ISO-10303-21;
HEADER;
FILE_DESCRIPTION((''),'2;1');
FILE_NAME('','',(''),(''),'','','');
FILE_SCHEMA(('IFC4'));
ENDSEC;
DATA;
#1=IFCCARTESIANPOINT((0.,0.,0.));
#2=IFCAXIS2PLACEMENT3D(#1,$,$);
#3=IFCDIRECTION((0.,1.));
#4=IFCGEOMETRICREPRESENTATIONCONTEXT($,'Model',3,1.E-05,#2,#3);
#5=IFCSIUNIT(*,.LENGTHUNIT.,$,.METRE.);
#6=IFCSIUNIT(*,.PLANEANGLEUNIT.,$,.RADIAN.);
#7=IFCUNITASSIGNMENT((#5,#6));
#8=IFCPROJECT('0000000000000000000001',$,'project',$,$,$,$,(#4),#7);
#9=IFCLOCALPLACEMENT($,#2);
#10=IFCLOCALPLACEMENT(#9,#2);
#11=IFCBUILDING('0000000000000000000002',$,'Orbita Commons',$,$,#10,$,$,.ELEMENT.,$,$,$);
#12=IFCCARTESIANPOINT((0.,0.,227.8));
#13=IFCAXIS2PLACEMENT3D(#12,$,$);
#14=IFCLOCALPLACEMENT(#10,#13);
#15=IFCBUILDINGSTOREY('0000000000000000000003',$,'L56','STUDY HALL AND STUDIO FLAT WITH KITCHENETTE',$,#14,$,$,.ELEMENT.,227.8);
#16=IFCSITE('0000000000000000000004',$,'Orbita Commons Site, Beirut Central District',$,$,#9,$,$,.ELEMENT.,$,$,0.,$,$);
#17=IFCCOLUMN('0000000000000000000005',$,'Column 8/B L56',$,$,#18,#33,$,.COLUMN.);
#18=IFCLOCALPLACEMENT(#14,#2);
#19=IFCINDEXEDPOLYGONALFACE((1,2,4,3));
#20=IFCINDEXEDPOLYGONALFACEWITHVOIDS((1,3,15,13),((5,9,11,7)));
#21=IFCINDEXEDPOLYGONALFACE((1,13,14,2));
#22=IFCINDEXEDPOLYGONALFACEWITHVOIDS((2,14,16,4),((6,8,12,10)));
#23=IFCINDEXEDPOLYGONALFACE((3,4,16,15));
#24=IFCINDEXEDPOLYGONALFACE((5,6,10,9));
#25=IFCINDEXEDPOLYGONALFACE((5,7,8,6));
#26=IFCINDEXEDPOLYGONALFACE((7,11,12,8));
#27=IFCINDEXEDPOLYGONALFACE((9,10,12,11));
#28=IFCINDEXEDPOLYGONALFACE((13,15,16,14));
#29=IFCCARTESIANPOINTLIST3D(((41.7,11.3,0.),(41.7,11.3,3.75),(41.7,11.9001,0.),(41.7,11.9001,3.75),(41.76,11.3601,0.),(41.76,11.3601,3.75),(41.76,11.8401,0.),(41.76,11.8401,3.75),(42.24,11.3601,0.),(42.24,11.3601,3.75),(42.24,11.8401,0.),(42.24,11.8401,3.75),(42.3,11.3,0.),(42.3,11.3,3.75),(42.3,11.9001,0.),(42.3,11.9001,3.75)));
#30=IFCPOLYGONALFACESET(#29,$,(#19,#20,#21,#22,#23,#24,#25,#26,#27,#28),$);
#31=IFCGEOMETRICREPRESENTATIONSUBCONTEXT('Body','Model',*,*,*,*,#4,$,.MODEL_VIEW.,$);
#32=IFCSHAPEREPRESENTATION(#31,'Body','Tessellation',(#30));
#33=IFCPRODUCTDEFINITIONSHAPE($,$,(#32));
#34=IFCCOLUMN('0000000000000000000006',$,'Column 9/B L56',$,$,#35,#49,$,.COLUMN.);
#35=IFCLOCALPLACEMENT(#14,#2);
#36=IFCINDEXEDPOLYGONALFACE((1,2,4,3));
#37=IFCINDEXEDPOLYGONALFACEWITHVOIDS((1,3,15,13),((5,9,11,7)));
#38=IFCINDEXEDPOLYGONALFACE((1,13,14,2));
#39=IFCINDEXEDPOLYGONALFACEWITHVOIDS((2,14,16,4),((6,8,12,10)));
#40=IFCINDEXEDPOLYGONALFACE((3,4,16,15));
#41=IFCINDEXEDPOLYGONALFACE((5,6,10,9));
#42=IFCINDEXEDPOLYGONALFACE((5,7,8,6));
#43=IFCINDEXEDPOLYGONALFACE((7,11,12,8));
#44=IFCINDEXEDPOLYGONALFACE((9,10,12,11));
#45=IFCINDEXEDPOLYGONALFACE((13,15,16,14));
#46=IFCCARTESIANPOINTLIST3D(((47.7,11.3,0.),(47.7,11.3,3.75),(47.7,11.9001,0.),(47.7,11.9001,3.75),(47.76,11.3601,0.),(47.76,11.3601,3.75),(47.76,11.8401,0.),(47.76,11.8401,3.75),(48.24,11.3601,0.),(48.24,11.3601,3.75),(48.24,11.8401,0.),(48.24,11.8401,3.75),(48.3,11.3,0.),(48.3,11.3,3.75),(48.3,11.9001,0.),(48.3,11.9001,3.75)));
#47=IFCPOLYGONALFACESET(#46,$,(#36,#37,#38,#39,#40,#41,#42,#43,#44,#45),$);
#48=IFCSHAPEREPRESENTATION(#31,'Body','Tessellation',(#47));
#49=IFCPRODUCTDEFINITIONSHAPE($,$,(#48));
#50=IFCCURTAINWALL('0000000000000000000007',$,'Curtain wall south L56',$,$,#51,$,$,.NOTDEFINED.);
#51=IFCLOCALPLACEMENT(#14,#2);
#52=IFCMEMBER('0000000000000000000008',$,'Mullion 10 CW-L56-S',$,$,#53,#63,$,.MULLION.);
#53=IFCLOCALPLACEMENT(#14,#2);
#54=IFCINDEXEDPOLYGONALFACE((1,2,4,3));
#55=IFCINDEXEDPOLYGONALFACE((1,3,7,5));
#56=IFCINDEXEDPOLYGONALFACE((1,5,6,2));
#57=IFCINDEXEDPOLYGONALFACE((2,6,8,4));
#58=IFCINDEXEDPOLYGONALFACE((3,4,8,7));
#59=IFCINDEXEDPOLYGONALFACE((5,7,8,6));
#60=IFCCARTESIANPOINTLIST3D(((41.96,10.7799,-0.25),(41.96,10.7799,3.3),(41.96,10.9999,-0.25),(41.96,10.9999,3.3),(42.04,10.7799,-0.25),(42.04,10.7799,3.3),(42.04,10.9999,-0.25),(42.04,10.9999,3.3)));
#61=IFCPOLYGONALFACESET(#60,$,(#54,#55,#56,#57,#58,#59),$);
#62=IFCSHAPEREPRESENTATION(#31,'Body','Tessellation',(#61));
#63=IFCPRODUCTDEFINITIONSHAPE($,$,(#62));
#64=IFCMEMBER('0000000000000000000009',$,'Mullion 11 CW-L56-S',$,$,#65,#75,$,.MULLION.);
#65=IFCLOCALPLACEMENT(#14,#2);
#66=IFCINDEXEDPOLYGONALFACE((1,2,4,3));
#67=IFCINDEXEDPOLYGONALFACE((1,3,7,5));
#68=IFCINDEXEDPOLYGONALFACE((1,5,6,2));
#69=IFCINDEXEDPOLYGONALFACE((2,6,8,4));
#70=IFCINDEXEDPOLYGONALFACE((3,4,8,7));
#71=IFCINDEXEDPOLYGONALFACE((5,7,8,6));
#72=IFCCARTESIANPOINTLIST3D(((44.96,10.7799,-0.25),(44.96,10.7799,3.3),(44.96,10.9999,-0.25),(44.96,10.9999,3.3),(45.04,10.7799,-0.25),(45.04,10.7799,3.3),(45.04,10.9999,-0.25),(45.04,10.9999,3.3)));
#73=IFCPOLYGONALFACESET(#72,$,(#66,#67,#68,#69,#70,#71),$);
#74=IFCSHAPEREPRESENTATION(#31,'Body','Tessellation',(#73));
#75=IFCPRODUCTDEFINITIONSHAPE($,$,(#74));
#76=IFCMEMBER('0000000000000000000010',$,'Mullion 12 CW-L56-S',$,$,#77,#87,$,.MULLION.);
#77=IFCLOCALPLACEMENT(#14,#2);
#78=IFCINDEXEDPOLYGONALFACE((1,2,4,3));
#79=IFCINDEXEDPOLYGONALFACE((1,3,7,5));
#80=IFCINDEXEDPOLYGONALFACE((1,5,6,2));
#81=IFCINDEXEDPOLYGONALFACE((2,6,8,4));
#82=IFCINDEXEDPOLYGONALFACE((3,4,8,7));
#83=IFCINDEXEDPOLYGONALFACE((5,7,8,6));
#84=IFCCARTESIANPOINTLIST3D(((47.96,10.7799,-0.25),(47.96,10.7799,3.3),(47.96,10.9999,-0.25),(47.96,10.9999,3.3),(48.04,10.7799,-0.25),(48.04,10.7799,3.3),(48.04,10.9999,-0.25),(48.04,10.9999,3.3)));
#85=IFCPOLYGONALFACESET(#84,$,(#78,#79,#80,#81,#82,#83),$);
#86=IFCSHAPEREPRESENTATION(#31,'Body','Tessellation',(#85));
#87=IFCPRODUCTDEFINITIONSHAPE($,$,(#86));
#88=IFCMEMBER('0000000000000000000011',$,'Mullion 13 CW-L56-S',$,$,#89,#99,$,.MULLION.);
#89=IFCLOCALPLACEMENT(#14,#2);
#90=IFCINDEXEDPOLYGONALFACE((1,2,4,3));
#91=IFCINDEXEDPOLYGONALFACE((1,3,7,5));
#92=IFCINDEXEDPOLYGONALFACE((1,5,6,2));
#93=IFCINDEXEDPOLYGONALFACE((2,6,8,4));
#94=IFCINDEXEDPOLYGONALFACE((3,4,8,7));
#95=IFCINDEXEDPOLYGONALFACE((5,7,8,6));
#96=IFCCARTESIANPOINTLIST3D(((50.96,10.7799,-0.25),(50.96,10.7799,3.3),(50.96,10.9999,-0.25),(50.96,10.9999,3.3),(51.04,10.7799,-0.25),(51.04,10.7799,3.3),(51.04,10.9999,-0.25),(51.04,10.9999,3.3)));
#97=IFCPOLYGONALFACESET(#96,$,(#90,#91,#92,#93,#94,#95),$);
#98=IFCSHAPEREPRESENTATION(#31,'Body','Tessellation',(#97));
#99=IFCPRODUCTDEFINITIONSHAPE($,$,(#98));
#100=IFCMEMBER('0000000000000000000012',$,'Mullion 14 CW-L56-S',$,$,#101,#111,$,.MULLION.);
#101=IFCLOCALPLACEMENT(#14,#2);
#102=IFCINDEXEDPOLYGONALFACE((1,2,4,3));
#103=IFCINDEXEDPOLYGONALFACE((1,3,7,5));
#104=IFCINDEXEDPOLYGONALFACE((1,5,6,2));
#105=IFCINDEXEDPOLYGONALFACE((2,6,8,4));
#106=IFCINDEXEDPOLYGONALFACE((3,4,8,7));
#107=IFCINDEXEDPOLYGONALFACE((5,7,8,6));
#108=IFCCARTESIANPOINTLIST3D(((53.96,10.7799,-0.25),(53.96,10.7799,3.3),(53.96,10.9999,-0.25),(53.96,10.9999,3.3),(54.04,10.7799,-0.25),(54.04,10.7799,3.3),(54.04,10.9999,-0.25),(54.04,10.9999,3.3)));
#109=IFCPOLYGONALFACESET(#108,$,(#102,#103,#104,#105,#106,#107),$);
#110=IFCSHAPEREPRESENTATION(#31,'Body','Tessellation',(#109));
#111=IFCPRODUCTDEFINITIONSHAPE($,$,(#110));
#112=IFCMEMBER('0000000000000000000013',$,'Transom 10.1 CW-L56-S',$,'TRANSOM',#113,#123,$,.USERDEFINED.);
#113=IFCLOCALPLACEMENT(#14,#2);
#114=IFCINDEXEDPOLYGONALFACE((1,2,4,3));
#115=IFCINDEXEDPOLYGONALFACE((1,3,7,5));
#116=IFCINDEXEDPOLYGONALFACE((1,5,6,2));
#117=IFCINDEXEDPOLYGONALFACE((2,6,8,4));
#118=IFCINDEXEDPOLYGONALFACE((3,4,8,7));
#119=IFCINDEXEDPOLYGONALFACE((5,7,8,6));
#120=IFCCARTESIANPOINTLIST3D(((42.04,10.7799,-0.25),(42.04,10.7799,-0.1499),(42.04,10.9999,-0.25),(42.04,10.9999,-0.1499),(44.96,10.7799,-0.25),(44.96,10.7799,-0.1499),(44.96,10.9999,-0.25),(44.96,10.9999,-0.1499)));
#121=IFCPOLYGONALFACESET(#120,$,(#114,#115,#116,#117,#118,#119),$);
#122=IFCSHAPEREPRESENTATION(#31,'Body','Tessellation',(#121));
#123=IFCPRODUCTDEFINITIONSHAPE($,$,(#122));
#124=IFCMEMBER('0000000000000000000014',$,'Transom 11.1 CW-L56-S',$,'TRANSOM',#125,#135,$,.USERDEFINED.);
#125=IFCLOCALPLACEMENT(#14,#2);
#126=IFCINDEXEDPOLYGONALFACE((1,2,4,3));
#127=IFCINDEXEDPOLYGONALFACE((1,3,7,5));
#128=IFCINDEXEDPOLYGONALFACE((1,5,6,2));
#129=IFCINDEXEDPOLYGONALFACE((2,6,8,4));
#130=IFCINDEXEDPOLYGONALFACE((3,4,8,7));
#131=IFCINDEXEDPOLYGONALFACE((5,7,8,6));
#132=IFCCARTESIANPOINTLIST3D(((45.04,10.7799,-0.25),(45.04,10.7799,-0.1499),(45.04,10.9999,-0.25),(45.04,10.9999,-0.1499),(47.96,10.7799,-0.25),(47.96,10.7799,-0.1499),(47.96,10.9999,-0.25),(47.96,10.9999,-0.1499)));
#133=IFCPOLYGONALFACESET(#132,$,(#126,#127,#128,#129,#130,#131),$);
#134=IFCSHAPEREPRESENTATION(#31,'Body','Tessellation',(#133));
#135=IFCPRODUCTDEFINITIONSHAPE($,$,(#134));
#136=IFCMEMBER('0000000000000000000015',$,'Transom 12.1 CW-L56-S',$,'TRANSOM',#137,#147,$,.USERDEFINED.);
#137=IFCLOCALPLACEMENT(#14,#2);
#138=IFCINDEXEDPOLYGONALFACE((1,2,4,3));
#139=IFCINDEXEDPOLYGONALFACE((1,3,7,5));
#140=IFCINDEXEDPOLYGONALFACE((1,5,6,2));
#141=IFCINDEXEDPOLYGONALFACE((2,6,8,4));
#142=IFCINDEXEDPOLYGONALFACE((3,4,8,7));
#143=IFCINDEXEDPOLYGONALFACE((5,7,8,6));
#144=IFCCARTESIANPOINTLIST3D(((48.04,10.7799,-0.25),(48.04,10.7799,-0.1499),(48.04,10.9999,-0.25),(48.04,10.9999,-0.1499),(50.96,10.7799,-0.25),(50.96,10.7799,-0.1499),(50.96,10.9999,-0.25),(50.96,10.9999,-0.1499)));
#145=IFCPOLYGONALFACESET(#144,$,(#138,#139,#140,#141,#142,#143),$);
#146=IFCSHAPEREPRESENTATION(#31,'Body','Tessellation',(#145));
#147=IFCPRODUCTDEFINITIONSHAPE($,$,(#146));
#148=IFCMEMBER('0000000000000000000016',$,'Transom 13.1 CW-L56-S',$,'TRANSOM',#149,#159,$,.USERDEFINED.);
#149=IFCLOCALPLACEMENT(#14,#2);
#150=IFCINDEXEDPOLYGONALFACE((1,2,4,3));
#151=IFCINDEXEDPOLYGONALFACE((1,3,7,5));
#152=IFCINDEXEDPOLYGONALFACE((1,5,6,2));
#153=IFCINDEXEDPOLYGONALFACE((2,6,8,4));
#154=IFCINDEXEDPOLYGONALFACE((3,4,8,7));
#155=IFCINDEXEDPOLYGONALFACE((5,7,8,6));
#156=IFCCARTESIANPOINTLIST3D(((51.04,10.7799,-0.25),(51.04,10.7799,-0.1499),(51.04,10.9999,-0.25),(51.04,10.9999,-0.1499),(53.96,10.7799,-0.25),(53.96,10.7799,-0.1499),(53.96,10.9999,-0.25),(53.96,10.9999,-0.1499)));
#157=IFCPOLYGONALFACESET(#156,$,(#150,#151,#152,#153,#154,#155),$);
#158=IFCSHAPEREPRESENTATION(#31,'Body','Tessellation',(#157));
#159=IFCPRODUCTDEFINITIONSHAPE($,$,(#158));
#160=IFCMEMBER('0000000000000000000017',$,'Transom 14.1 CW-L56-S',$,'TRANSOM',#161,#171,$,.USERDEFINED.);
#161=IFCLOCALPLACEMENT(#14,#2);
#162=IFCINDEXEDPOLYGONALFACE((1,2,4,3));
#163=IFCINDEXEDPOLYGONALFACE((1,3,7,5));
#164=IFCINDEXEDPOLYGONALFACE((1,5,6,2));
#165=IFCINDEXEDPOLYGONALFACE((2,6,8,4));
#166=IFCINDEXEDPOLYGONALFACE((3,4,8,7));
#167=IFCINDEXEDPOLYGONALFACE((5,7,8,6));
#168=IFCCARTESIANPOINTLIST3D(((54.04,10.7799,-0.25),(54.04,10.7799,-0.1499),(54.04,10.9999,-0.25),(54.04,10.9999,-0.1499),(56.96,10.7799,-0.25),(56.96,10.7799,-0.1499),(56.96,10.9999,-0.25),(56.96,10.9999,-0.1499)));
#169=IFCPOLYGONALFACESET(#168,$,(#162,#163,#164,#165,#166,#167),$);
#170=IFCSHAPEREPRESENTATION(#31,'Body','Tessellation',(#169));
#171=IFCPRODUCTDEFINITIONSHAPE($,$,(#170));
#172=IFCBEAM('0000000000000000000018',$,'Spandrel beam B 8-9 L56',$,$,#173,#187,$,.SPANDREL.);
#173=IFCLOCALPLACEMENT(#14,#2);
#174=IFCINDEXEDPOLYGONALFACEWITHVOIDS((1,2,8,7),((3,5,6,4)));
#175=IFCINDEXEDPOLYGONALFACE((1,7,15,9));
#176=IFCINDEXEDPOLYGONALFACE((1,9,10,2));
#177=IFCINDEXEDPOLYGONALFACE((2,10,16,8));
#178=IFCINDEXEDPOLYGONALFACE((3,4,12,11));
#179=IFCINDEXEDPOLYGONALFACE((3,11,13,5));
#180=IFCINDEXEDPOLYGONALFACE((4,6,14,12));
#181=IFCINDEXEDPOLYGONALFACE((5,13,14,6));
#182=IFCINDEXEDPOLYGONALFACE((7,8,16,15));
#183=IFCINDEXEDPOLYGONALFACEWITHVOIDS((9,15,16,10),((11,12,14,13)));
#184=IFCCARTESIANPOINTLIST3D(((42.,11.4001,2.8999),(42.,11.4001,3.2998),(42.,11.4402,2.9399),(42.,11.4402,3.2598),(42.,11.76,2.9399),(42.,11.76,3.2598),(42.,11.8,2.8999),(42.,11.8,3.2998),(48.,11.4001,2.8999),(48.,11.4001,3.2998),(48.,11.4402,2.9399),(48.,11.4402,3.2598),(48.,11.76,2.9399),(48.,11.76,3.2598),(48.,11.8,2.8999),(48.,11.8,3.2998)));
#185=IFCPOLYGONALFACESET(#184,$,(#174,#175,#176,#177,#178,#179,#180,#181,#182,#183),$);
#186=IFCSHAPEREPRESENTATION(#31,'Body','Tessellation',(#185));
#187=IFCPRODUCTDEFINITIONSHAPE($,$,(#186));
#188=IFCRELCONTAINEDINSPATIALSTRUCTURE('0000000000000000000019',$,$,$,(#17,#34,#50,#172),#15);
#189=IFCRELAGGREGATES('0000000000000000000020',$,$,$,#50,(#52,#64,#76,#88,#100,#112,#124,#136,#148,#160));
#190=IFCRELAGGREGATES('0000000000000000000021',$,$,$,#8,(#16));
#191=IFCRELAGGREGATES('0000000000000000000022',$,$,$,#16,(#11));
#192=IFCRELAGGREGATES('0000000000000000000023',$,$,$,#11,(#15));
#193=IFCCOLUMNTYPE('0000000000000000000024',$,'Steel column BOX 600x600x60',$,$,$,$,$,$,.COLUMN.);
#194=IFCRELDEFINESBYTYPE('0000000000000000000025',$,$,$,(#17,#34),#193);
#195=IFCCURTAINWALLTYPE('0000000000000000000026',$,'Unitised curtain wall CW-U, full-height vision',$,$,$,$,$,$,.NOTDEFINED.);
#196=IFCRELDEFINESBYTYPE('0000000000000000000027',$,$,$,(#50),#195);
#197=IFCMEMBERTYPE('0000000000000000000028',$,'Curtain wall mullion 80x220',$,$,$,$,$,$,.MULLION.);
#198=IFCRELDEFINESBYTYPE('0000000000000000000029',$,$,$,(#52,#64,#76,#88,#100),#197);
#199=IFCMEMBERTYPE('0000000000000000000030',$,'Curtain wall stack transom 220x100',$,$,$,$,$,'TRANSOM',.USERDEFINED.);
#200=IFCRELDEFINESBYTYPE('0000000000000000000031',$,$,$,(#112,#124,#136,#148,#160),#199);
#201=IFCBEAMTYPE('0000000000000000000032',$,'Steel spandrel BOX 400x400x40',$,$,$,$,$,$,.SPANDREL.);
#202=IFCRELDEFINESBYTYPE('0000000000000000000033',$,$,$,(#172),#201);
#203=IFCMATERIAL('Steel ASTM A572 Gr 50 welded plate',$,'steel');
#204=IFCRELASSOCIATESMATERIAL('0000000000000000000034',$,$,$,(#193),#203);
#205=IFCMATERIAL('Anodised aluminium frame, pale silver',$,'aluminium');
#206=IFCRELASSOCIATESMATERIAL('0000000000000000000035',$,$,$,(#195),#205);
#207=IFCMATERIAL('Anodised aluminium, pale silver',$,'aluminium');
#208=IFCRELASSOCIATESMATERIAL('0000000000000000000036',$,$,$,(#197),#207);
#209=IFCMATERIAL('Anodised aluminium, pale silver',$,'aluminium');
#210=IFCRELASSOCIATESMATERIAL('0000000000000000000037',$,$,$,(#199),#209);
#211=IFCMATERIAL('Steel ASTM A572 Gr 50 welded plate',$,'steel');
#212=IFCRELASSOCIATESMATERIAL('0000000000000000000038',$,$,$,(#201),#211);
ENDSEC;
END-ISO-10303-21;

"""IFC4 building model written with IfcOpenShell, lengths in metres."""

from ifc_helpers import new_model, si_unit, direction, frame, origin, origin_2d, place, context, subcontext, project, spatial, rectangle, hollow_rectangle, extrude, material, material_profile, profile_set, type_object, element, aggregate, save


model = new_model("IFC4")

# Units and contexts
model_context = context("Model", 3, precision=1e-05, world=origin(), true_north=direction((0.0, 1.0)))
body_context = subcontext(model_context, "Body", "Model", "MODEL_VIEW")
ifc_project = project(units=[si_unit("LENGTHUNIT", "METRE"), si_unit("PLANEANGLEUNIT", "RADIAN")], contexts=[model_context])

# Site, building, storey
site_placement = place(None, origin())
site = spatial("IfcSite", under=ifc_project, at=site_placement, Name="Orbita Commons Site, Beirut Central District", CompositionType="ELEMENT", RefElevation=0.0)
building_placement = place(site_placement, origin())
building = spatial("IfcBuilding", under=site, at=building_placement, Name="Orbita Commons", CompositionType="ELEMENT")
storey_placement = place(building_placement, frame((0.0, 0.0, 227.8)))
storey = spatial("IfcBuildingStorey", under=building, at=storey_placement, Name="L56", Description="STUDY HALL AND STUDIO FLAT WITH KITCHENETTE", CompositionType="ELEMENT", Elevation=227.8)

# Columns
ifc_material_1 = material(Name="Steel ASTM A572 Gr 50 welded plate", Category="steel")
ifc_material_profile_1 = material_profile(ifc_material_1, hollow_rectangle(XDim=0.6001, YDim=0.6001, WallThickness=0.0601, at=origin_2d()), Name="BOX 600x600x60")
ifc_profile_set_1 = profile_set([ifc_material_profile_1], Name="Steel ASTM A572 Gr 50 welded plate")
column_type = type_object("IfcColumnType", Name="Steel column BOX 600x600x60", PredefinedType="COLUMN", material=ifc_profile_set_1)
for number, where, z_axis, x_axis, name in (
    (1, (42.0, 11.6001, 0.0), (0.0, 0.0, 1.0), (1.0, 0.0, 0.0), "Column 8/B L56"),
    (2, (48.0, 11.6001, 0.0), (0.0, 0.0, 1.0), (1.0, 0.0, 0.0), "Column 9/B L56"),
):
    element("IfcColumn", number, at=place(storey_placement, frame(where, z_axis=z_axis, x_axis=x_axis)), inside=storey, type_object=column_type, Name=name, PredefinedType="COLUMN", context=body_context, shape_type="SweptSolid", body=[
        extrude(hollow_rectangle(XDim=0.6001, YDim=0.6001, WallThickness=0.0601, at=origin_2d()), origin(), (0.0, 0.0, 1.0), 3.75),
    ])

# Curtain wall, members
ifc_material_2 = material(Name="Anodised aluminium frame, pale silver", Category="aluminium")
curtain_wall_type = type_object("IfcCurtainWallType", Name="Unitised curtain wall CW-U, full-height vision", PredefinedType="NOTDEFINED", material=ifc_material_2)
curtain_wall_placement = place(storey_placement, origin())
curtain_wall = element("IfcCurtainWall", 3, at=curtain_wall_placement, inside=storey, type_object=curtain_wall_type, Name="Curtain wall south L56", PredefinedType="NOTDEFINED")
ifc_material_3 = material(Name="Anodised aluminium, pale silver", Category="aluminium")
ifc_material_profile_2 = material_profile(ifc_material_3, rectangle(XDim=0.0801, YDim=0.22, at=origin_2d()), Name="AL 80x220")
ifc_profile_set_2 = profile_set([ifc_material_profile_2], Name="Anodised aluminium, pale silver")
member_type_1 = type_object("IfcMemberType", Name="Curtain wall mullion 80x220", PredefinedType="MULLION", material=ifc_profile_set_2)
member_1_placement = place(storey_placement, frame((42.0, 10.8899, -0.25), z_axis=(0.0, 0.0, 1.0), x_axis=(1.0, 0.0, 0.0)))
member_1 = element("IfcMember", 4, at=member_1_placement, type_object=member_type_1, Name="Mullion 10 CW-L56-S", PredefinedType="MULLION", context=body_context, shape_type="SweptSolid", body=[
    extrude(rectangle(XDim=0.0801, YDim=0.22, at=origin_2d()), origin(), (0.0, 0.0, 1.0), 3.55),
])
member_2_placement = place(storey_placement, frame((45.0, 10.8899, -0.25), z_axis=(0.0, 0.0, 1.0), x_axis=(1.0, 0.0, 0.0)))
member_2 = element("IfcMember", 5, at=member_2_placement, type_object=member_type_1, Name="Mullion 11 CW-L56-S", PredefinedType="MULLION", context=body_context, shape_type="SweptSolid", body=[
    extrude(rectangle(XDim=0.0801, YDim=0.22, at=origin_2d()), origin(), (0.0, 0.0, 1.0), 3.55),
])
member_3_placement = place(storey_placement, frame((48.0, 10.8899, -0.25), z_axis=(0.0, 0.0, 1.0), x_axis=(1.0, 0.0, 0.0)))
member_3 = element("IfcMember", 6, at=member_3_placement, type_object=member_type_1, Name="Mullion 12 CW-L56-S", PredefinedType="MULLION", context=body_context, shape_type="SweptSolid", body=[
    extrude(rectangle(XDim=0.0801, YDim=0.22, at=origin_2d()), origin(), (0.0, 0.0, 1.0), 3.55),
])
member_4_placement = place(storey_placement, frame((51.0, 10.8899, -0.25), z_axis=(0.0, 0.0, 1.0), x_axis=(1.0, 0.0, 0.0)))
member_4 = element("IfcMember", 7, at=member_4_placement, type_object=member_type_1, Name="Mullion 13 CW-L56-S", PredefinedType="MULLION", context=body_context, shape_type="SweptSolid", body=[
    extrude(rectangle(XDim=0.0801, YDim=0.22, at=origin_2d()), origin(), (0.0, 0.0, 1.0), 3.55),
])
member_5_placement = place(storey_placement, frame((54.0, 10.8899, -0.25), z_axis=(0.0, 0.0, 1.0), x_axis=(1.0, 0.0, 0.0)))
member_5 = element("IfcMember", 8, at=member_5_placement, type_object=member_type_1, Name="Mullion 14 CW-L56-S", PredefinedType="MULLION", context=body_context, shape_type="SweptSolid", body=[
    extrude(rectangle(XDim=0.0801, YDim=0.22, at=origin_2d()), origin(), (0.0, 0.0, 1.0), 3.55),
])
ifc_material_4 = material(Name="Anodised aluminium, pale silver", Category="aluminium")
ifc_material_profile_3 = material_profile(ifc_material_4, rectangle(XDim=0.22, YDim=0.1001, at=origin_2d()), Name="AL 220x100")
ifc_profile_set_3 = profile_set([ifc_material_profile_3], Name="Anodised aluminium, pale silver")
member_type_2 = type_object("IfcMemberType", Name="Curtain wall stack transom 220x100", ElementType="TRANSOM", PredefinedType="USERDEFINED", material=ifc_profile_set_3)
member_6_placement = place(storey_placement, frame((42.04, 10.8899, -0.2), z_axis=(1.0, 0.0, 0.0), x_axis=(0.0, 1.0, 0.0)))
member_6 = element("IfcMember", 9, at=member_6_placement, type_object=member_type_2, Name="Transom 10.1 CW-L56-S", ObjectType="TRANSOM", PredefinedType="USERDEFINED", context=body_context, shape_type="SweptSolid", body=[
    extrude(rectangle(XDim=0.22, YDim=0.1001, at=origin_2d()), origin(), (0.0, 0.0, 1.0), 2.9199),
])
member_7_placement = place(storey_placement, frame((45.04, 10.8899, -0.2), z_axis=(1.0, 0.0, 0.0), x_axis=(0.0, 1.0, 0.0)))
member_7 = element("IfcMember", 10, at=member_7_placement, type_object=member_type_2, Name="Transom 11.1 CW-L56-S", ObjectType="TRANSOM", PredefinedType="USERDEFINED", context=body_context, shape_type="SweptSolid", body=[
    extrude(rectangle(XDim=0.22, YDim=0.1001, at=origin_2d()), origin(), (0.0, 0.0, 1.0), 2.9199),
])
member_8_placement = place(storey_placement, frame((48.04, 10.8899, -0.2), z_axis=(1.0, 0.0, 0.0), x_axis=(0.0, 1.0, 0.0)))
member_8 = element("IfcMember", 11, at=member_8_placement, type_object=member_type_2, Name="Transom 12.1 CW-L56-S", ObjectType="TRANSOM", PredefinedType="USERDEFINED", context=body_context, shape_type="SweptSolid", body=[
    extrude(rectangle(XDim=0.22, YDim=0.1001, at=origin_2d()), origin(), (0.0, 0.0, 1.0), 2.9199),
])
member_9_placement = place(storey_placement, frame((51.04, 10.8899, -0.2), z_axis=(1.0, 0.0, 0.0), x_axis=(0.0, 1.0, 0.0)))
member_9 = element("IfcMember", 12, at=member_9_placement, type_object=member_type_2, Name="Transom 13.1 CW-L56-S", ObjectType="TRANSOM", PredefinedType="USERDEFINED", context=body_context, shape_type="SweptSolid", body=[
    extrude(rectangle(XDim=0.22, YDim=0.1001, at=origin_2d()), origin(), (0.0, 0.0, 1.0), 2.9199),
])
member_10_placement = place(storey_placement, frame((54.04, 10.8899, -0.2), z_axis=(1.0, 0.0, 0.0), x_axis=(0.0, 1.0, 0.0)))
member_10 = element("IfcMember", 13, at=member_10_placement, type_object=member_type_2, Name="Transom 14.1 CW-L56-S", ObjectType="TRANSOM", PredefinedType="USERDEFINED", context=body_context, shape_type="SweptSolid", body=[
    extrude(rectangle(XDim=0.22, YDim=0.1001, at=origin_2d()), origin(), (0.0, 0.0, 1.0), 2.9199),
])

# Beam
ifc_material_5 = material(Name="Steel ASTM A572 Gr 50 welded plate", Category="steel")
ifc_material_profile_4 = material_profile(ifc_material_5, hollow_rectangle(XDim=0.3999, YDim=0.3999, WallThickness=0.04, at=origin_2d()), Name="BOX 400x400x40")
ifc_profile_set_4 = profile_set([ifc_material_profile_4], Name="Steel ASTM A572 Gr 50 welded plate")
beam_type = type_object("IfcBeamType", Name="Steel spandrel BOX 400x400x40", PredefinedType="SPANDREL", material=ifc_profile_set_4)
for number, where, z_axis, x_axis, name in (
    (14, (42.0, 11.6001, 3.0999), (1.0, 0.0, 0.0), (0.0, 1.0, 0.0), "Spandrel beam B 8-9 L56"),
):
    element("IfcBeam", number, at=place(storey_placement, frame(where, z_axis=z_axis, x_axis=x_axis)), inside=storey, type_object=beam_type, Name=name, PredefinedType="SPANDREL", context=body_context, shape_type="SweptSolid", body=[
        extrude(hollow_rectangle(XDim=0.3999, YDim=0.3999, WallThickness=0.04, at=origin_2d()), origin(), (0.0, 0.0, 1.0), 6.0),
    ])

aggregate(curtain_wall, [member_1, member_2, member_3, member_4, member_5, member_6, member_7, member_8, member_9, member_10])

save(model, "model.ifc")
